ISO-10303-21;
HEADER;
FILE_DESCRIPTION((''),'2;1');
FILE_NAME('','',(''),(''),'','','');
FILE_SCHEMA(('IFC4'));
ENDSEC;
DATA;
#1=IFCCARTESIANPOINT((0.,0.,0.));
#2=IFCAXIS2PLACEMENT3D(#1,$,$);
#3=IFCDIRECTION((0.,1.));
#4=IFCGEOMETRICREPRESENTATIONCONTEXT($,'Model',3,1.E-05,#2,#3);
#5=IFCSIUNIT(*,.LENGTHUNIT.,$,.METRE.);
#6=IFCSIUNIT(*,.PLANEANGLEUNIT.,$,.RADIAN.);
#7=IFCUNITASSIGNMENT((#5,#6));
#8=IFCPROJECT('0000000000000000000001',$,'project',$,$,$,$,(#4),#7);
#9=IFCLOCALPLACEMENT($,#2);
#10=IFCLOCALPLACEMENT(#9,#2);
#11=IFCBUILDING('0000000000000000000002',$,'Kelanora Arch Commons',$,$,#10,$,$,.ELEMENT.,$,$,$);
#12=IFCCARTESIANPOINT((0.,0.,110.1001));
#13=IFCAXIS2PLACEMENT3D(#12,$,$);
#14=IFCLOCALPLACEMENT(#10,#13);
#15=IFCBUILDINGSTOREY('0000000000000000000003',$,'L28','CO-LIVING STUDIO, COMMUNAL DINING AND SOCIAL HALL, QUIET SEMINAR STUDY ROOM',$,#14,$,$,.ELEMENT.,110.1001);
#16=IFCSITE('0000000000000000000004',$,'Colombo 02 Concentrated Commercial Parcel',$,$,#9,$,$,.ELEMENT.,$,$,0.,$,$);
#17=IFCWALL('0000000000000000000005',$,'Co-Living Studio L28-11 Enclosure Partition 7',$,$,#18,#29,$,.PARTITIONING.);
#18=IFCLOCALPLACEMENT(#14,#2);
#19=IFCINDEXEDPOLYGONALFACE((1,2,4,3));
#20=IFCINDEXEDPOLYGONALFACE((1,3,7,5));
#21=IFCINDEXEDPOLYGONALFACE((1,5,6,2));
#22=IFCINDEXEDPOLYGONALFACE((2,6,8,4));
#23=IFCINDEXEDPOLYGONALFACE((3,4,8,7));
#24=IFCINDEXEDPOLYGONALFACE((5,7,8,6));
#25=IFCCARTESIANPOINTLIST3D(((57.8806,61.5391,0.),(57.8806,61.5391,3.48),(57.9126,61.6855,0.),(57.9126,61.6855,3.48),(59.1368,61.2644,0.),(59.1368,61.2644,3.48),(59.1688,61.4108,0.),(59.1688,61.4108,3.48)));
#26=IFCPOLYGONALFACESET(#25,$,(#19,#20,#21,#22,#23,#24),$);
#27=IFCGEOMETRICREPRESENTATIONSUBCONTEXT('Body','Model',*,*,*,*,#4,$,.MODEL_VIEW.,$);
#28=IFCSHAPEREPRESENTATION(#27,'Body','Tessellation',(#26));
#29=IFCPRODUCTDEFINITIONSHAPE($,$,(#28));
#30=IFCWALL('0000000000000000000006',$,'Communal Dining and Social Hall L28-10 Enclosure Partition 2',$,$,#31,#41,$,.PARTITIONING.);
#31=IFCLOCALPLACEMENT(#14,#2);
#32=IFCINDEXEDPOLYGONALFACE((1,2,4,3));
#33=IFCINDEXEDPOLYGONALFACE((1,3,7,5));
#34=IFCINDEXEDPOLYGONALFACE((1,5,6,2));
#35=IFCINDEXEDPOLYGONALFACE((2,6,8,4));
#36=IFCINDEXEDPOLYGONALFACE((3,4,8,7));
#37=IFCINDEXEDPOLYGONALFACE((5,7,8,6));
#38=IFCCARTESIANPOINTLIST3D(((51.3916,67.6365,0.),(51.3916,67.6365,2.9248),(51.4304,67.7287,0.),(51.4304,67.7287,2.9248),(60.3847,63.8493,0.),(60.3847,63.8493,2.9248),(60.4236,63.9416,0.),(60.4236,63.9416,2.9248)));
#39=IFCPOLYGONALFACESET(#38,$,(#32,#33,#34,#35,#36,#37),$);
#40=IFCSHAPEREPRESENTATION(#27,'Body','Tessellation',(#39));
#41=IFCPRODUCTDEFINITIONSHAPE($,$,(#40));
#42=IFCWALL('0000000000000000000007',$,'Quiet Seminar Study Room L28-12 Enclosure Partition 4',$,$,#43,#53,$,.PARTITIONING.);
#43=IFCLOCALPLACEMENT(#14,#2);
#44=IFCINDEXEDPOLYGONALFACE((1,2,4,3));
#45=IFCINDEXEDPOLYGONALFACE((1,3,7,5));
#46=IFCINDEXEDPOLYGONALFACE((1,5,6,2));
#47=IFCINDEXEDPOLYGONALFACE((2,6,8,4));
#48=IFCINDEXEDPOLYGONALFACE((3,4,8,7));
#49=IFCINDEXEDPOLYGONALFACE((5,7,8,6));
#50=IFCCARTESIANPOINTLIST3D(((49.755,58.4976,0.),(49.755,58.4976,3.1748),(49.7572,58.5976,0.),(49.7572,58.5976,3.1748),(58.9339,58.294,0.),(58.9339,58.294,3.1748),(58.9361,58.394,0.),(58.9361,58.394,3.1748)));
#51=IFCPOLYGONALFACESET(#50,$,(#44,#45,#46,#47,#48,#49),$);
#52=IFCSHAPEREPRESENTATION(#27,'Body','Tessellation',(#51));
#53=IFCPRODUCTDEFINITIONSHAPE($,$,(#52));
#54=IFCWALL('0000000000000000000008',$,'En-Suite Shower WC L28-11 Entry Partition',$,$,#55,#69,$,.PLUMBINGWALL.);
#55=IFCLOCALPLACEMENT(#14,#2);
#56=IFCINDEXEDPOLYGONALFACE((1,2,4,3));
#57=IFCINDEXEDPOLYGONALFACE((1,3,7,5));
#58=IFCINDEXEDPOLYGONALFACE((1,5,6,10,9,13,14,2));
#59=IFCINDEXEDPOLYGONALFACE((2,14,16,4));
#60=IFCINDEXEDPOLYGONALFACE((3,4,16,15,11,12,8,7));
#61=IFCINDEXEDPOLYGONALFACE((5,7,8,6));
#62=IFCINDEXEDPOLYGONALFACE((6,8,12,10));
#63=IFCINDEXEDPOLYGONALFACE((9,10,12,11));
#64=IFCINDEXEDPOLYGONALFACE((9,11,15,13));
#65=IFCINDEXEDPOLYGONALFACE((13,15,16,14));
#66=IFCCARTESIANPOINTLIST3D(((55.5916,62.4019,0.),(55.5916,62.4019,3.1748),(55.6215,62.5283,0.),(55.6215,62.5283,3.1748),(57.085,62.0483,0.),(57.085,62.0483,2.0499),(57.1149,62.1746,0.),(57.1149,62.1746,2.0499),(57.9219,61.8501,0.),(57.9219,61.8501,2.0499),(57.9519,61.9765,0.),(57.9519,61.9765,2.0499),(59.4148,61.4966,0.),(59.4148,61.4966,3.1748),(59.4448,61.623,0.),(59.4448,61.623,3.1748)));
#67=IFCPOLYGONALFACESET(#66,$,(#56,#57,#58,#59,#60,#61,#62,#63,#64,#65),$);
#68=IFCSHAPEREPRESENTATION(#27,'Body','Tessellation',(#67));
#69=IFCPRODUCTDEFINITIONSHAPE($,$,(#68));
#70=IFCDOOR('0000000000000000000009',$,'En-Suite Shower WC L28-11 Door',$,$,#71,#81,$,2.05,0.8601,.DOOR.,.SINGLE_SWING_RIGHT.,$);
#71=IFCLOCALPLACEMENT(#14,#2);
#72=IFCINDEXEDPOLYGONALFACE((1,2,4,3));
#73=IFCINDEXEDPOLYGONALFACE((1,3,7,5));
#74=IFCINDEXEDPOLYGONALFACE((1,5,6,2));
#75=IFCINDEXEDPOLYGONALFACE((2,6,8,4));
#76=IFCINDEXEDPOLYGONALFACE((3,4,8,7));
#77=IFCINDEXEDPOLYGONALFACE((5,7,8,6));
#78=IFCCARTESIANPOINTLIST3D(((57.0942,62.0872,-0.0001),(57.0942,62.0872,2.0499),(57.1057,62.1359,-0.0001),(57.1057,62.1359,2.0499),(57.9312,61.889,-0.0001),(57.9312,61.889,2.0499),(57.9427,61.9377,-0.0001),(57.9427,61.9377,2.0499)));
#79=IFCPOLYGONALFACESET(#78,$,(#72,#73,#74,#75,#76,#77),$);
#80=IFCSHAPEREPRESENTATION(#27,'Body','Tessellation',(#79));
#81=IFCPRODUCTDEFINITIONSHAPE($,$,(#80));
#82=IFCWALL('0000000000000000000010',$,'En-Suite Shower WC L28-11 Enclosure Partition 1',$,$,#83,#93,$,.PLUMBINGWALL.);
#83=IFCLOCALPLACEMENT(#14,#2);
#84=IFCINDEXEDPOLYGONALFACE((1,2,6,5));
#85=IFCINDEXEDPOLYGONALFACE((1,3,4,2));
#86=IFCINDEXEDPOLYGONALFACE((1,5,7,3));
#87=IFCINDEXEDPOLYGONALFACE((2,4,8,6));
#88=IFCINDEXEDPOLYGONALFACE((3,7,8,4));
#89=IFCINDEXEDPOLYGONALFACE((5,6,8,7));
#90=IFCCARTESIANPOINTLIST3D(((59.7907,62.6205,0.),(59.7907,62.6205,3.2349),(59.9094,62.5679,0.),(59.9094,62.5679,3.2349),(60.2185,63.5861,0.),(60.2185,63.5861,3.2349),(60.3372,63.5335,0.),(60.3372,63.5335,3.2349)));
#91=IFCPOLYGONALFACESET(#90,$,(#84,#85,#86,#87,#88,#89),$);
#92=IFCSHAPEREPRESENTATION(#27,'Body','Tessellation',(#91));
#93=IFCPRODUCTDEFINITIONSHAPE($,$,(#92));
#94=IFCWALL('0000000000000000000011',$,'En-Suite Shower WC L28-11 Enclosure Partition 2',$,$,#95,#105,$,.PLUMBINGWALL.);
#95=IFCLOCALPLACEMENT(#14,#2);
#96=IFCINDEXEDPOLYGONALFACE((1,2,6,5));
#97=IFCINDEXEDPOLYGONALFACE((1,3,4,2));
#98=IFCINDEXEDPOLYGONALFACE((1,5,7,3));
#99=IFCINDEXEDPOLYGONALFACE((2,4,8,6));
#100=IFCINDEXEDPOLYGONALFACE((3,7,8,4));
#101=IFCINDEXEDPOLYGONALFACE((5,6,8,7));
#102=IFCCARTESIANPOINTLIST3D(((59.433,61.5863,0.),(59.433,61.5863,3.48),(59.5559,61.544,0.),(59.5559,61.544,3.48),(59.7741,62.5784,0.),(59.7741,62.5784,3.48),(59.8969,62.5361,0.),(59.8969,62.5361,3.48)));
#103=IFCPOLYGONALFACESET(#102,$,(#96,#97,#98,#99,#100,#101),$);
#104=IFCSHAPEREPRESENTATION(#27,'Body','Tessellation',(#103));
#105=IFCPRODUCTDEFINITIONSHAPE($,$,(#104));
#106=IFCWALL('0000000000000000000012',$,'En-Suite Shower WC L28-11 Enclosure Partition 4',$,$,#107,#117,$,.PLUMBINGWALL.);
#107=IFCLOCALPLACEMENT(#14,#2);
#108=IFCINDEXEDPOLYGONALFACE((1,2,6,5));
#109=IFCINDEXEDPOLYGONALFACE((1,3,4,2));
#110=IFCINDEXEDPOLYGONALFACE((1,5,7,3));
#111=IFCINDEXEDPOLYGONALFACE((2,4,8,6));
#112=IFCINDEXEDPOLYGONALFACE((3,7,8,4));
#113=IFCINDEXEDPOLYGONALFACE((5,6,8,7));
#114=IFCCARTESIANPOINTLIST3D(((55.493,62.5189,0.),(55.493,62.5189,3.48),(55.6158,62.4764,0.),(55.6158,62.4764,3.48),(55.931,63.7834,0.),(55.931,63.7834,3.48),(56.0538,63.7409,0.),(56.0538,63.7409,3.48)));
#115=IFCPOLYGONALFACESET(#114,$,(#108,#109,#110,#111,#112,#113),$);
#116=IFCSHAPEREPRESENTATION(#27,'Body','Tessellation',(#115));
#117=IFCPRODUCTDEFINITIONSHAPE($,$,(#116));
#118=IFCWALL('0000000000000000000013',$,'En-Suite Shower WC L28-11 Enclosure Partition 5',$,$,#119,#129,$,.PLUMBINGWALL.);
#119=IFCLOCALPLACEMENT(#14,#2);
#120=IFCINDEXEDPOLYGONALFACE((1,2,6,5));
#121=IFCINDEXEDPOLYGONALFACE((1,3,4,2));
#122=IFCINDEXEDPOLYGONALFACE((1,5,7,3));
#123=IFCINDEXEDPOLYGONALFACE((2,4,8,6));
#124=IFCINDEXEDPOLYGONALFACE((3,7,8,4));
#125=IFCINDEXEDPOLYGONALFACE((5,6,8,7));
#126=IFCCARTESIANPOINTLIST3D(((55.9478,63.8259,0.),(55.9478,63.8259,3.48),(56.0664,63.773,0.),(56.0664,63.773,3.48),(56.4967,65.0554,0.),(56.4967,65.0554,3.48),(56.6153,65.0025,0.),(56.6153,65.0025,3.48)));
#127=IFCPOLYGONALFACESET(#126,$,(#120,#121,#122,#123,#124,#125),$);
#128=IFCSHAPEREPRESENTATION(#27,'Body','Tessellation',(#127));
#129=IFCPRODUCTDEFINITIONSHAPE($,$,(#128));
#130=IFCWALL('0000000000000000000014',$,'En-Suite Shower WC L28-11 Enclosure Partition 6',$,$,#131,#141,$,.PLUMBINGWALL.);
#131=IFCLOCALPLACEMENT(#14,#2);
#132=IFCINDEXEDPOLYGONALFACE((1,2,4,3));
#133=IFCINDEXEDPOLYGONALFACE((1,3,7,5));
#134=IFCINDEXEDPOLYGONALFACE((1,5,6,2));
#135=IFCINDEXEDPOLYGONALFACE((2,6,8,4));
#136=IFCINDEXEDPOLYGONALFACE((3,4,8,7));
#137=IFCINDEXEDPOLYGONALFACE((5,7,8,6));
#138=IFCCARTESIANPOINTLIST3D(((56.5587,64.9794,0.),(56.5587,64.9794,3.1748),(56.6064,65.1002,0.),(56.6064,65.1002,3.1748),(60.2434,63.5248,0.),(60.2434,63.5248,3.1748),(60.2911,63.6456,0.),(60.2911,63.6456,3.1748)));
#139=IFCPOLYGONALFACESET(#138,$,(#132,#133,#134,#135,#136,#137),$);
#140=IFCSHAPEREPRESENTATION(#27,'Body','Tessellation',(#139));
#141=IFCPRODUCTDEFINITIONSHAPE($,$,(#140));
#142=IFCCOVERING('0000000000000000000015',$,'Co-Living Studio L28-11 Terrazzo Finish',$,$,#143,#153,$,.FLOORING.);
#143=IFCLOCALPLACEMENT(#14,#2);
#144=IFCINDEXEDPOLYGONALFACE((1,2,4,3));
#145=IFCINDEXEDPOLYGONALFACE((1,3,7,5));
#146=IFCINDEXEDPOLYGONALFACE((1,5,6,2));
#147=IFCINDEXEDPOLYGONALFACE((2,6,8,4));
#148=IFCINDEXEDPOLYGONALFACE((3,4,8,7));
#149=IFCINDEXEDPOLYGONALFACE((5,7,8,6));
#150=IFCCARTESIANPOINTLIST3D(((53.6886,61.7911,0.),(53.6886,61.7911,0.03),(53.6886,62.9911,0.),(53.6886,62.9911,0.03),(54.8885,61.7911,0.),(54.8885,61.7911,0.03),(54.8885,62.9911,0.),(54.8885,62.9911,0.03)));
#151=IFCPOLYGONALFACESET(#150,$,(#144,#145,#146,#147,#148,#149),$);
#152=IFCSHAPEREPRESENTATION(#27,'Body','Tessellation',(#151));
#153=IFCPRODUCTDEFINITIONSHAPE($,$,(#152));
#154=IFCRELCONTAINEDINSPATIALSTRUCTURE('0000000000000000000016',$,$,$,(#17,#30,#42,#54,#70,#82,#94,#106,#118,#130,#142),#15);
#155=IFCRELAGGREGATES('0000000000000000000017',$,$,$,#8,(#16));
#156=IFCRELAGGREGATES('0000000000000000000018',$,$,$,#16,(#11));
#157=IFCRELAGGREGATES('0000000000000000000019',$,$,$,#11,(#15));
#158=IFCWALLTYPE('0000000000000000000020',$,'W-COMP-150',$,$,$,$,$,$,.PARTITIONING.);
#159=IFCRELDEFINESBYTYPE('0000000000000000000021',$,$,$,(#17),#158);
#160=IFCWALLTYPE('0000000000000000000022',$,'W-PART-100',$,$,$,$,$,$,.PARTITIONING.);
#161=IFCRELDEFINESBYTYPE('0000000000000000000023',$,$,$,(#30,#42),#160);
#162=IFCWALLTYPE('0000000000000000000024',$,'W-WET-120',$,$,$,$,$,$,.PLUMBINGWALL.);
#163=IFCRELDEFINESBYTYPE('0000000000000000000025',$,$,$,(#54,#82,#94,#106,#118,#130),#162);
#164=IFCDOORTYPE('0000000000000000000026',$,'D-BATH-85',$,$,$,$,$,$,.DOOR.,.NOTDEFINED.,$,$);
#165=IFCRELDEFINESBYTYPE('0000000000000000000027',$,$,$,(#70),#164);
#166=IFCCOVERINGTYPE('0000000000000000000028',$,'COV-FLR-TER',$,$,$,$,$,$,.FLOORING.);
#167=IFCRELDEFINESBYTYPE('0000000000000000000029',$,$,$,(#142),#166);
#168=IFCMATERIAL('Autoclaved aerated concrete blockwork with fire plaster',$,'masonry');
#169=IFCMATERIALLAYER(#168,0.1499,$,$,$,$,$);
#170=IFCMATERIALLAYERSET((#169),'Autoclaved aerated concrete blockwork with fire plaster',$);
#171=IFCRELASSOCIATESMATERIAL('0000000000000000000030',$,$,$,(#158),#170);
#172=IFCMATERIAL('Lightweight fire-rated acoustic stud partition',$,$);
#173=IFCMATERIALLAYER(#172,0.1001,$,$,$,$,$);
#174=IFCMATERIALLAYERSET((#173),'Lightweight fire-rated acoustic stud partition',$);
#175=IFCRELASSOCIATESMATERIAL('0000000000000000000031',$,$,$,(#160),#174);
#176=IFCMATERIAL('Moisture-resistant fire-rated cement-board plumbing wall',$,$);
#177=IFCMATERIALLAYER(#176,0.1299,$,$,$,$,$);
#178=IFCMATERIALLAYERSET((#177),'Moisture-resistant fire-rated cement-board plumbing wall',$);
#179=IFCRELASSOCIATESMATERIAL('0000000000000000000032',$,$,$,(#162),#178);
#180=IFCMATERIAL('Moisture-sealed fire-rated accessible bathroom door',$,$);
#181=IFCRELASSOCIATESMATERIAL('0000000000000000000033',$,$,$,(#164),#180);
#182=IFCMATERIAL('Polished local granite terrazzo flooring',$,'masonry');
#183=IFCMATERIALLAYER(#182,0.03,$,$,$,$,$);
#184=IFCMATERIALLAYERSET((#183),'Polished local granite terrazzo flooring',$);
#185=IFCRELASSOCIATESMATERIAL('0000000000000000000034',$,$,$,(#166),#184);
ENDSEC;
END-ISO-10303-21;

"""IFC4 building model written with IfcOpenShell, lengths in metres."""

from ifc_helpers import new_model, si_unit, direction, frame, frame_2d, origin, origin_2d, place, context, subcontext, project, spatial, rectangle, extrude, source, transform, mapped, material, layer, layer_set, type_object, element, fill, save


model = new_model("IFC4")

# Units and contexts
model_context = context("Model", 3, precision=1e-05, world=origin(), true_north=direction((0.0, 1.0)))
body_context = subcontext(model_context, "Body", "Model", "MODEL_VIEW")
ifc_project = project(units=[si_unit("LENGTHUNIT", "METRE"), si_unit("PLANEANGLEUNIT", "RADIAN")], contexts=[model_context])

# Site, building, storey
site_placement = place(None, origin())
site = spatial("IfcSite", under=ifc_project, at=site_placement, Name="Colombo 02 Concentrated Commercial Parcel", CompositionType="ELEMENT", RefElevation=0.0)
building_placement = place(site_placement, origin())
building = spatial("IfcBuilding", under=site, at=building_placement, Name="Kelanora Arch Commons", CompositionType="ELEMENT")
storey_placement = place(building_placement, frame((0.0, 0.0, 110.1001)))
storey = spatial("IfcBuildingStorey", under=building, at=storey_placement, Name="L28", Description="CO-LIVING STUDIO, COMMUNAL DINING AND SOCIAL HALL, QUIET SEMINAR STUDY ROOM", CompositionType="ELEMENT", Elevation=110.1001)

# Shared definitions
ifc_material_1 = material(Name="Autoclaved aerated concrete blockwork with fire plaster", Category="masonry")
ifc_layer_1 = layer(ifc_material_1, 0.1499)
ifc_layer_set_1 = layer_set([ifc_layer_1], Name="Autoclaved aerated concrete blockwork with fire plaster")
wall_type_1 = type_object("IfcWallType", Name="W-COMP-150", PredefinedType="PARTITIONING", material=ifc_layer_set_1)

# Walls
wall_1_placement = place(storey_placement, frame((57.8965, 61.6123, 0.0), z_axis=(0.0, 0.0, 1.0), x_axis=(0.976919, -0.213612, 0.0)))
element("IfcWall", 1, at=wall_1_placement, inside=storey, type_object=wall_type_1, Name="Co-Living Studio L28-11 Enclosure Partition 7", PredefinedType="PARTITIONING", context=body_context, shape_type="SweptSolid", body=[
    extrude(rectangle(XDim=1.2859, YDim=0.1499, at=frame_2d((0.6431, 0.0))), origin(), (0.0, 0.0, 1.0), 3.48),
])
ifc_material_2 = material(Name="Lightweight fire-rated acoustic stud partition")
ifc_layer_2 = layer(ifc_material_2, 0.1001)
ifc_layer_set_2 = layer_set([ifc_layer_2], Name="Lightweight fire-rated acoustic stud partition")
wall_type_2 = type_object("IfcWallType", Name="W-PART-100", PredefinedType="PARTITIONING", material=ifc_layer_set_2)
wall_2_placement = place(storey_placement, frame((60.4041, 63.8955, 0.0), z_axis=(0.0, 0.0, 1.0), x_axis=(-0.921617, 0.388102, 0.0)))
element("IfcWall", 2, at=wall_2_placement, inside=storey, type_object=wall_type_2, Name="Communal Dining and Social Hall L28-10 Enclosure Partition 2", PredefinedType="PARTITIONING", context=body_context, shape_type="SweptSolid", body=[
    extrude(rectangle(XDim=9.7581, YDim=0.1001, at=frame_2d((4.8789, 0.0))), origin(), (0.0, 0.0, 1.0), 2.9248),
])
wall_3_placement = place(storey_placement, frame((49.7561, 58.5476, 0.0), z_axis=(0.0, 0.0, 1.0), x_axis=(0.999754, -0.022177, 0.0)))
element("IfcWall", 3, at=wall_3_placement, inside=storey, type_object=wall_type_2, Name="Quiet Seminar Study Room L28-12 Enclosure Partition 4", PredefinedType="PARTITIONING", context=body_context, shape_type="SweptSolid", body=[
    extrude(rectangle(XDim=9.1812, YDim=0.1001, at=frame_2d((4.5906, 0.0))), origin(), (0.0, 0.0, 1.0), 3.1748),
])

# Wall, opening, door
ifc_material_3 = material(Name="Moisture-resistant fire-rated cement-board plumbing wall")
ifc_layer_3 = layer(ifc_material_3, 0.1299)
ifc_layer_set_3 = layer_set([ifc_layer_3], Name="Moisture-resistant fire-rated cement-board plumbing wall")
wall_type_3 = type_object("IfcWallType", Name="W-WET-120", PredefinedType="PLUMBINGWALL", material=ifc_layer_set_3)
wall_4_placement = place(storey_placement, frame((59.4297, 61.5598, 0.0), z_axis=(0.0, 0.0, 1.0), x_axis=(-0.973093, 0.230411, 0.0)))
wall_4 = element("IfcWall", 4, at=wall_4_placement, inside=storey, type_object=wall_type_3, Name="En-Suite Shower WC L28-11 Entry Partition", PredefinedType="PLUMBINGWALL", context=body_context, shape_type="SweptSolid", body=[
    extrude(rectangle(XDim=3.929, YDim=0.1299, at=frame_2d((1.9644, 0.0))), origin(), (0.0, 0.0, 1.0), 3.1748),
])
opening_1_placement = place(wall_4_placement, frame((1.5339, 0.0, 0.0)))
opening_1 = element("IfcOpeningElement", 5, at=opening_1_placement, cuts=wall_4, PredefinedType="OPENING", context=body_context, shape_type="SweptSolid", body=[
    extrude(rectangle(XDim=0.8601, YDim=2.05, at=frame_2d((0.4302, 1.0249))), frame((0.0, 0.075, 0.0), z_axis=(0.0, -1.0, 0.0), x_axis=(1.0, 0.0, 0.0)), (0.0, 0.0, 1.0), 0.1499),
])
ifc_material_4 = material(Name="Moisture-sealed fire-rated accessible bathroom door")
door_type_1 = type_object("IfcDoorType", Name="D-BATH-85", OperationType="NOTDEFINED", PredefinedType="DOOR", material=ifc_material_4)
door_1_placement = place(opening_1_placement, origin())
door_1 = element("IfcDoor", 6, at=door_1_placement, inside=storey, type_object=door_type_1, Name="En-Suite Shower WC L28-11 Door", OperationType="SINGLE_SWING_RIGHT", OverallHeight=2.05, OverallWidth=0.8601, PredefinedType="DOOR", context=body_context, shape_type="SweptSolid", body=[
    extrude(rectangle(XDim=0.8601, YDim=2.05, at=frame_2d((0.4302, 1.0249))), frame((0.0, 0.0249, 0.0), z_axis=(0.0, -1.0, 0.0), x_axis=(1.0, 0.0, 0.0)), (0.0, 0.0, 1.0), 0.05),
])
fill(opening_1, door_1)

# Walls
wall_5_placement = place(storey_placement, frame((60.2778, 63.5598, 0.0), z_axis=(0.0, 0.0, 1.0), x_axis=(-0.405023, -0.914307, 0.0)))
element("IfcWall", 7, at=wall_5_placement, inside=storey, type_object=wall_type_3, Name="En-Suite Shower WC L28-11 Enclosure Partition 1", PredefinedType="PLUMBINGWALL", context=body_context, shape_type="SweptSolid", body=[
    extrude(rectangle(XDim=1.0562, YDim=0.1299, at=frame_2d((0.5281, 0.0))), origin(), (0.0, 0.0, 1.0), 3.2349),
])
wall_6_placement = place(storey_placement, frame((59.8354, 62.5571, 0.0), z_axis=(0.0, 0.0, 1.0), x_axis=(-0.32508, -0.945687, 0.0)))
element("IfcWall", 8, at=wall_6_placement, inside=storey, type_object=wall_type_3, Name="En-Suite Shower WC L28-11 Enclosure Partition 2", PredefinedType="PLUMBINGWALL", context=body_context, shape_type="SweptSolid", body=[
    extrude(rectangle(XDim=1.0491, YDim=0.1299, at=frame_2d((0.5244, 0.0))), origin(), (0.0, 0.0, 1.0), 3.48),
])
wall_7_placement = place(storey_placement, frame((55.5544, 62.4978, 0.0), z_axis=(0.0, 0.0, 1.0), x_axis=(0.327317, 0.944914, 0.0)))
element("IfcWall", 9, at=wall_7_placement, inside=storey, type_object=wall_type_3, Name="En-Suite Shower WC L28-11 Enclosure Partition 4", PredefinedType="PLUMBINGWALL", context=body_context, shape_type="SweptSolid", body=[
    extrude(rectangle(XDim=1.3381, YDim=0.1299, at=frame_2d((0.6689, 0.0))), origin(), (0.0, 0.0, 1.0), 3.48),
])
wall_8_placement = place(storey_placement, frame((56.0071, 63.7993, 0.0), z_axis=(0.0, 0.0, 1.0), x_axis=(0.407618, 0.913152, 0.0)))
element("IfcWall", 10, at=wall_8_placement, inside=storey, type_object=wall_type_3, Name="En-Suite Shower WC L28-11 Enclosure Partition 5", PredefinedType="PLUMBINGWALL", context=body_context, shape_type="SweptSolid", body=[
    extrude(rectangle(XDim=1.3464, YDim=0.1299, at=frame_2d((0.6733, 0.0))), origin(), (0.0, 0.0, 1.0), 3.48),
])
wall_9_placement = place(storey_placement, frame((56.5825, 65.0398, 0.0), z_axis=(0.0, 0.0, 1.0), x_axis=(0.93015, -0.367179, 0.0)))
element("IfcWall", 11, at=wall_9_placement, inside=storey, type_object=wall_type_3, Name="En-Suite Shower WC L28-11 Enclosure Partition 6", PredefinedType="PLUMBINGWALL", context=body_context, shape_type="SweptSolid", body=[
    extrude(rectangle(XDim=3.9614, YDim=0.1299, at=frame_2d((1.9807, 0.0))), origin(), (0.0, 0.0, 1.0), 3.1748),
])

# Covering
ifc_material_5 = material(Name="Polished local granite terrazzo flooring", Category="masonry")
ifc_layer_4 = layer(ifc_material_5, 0.03)
ifc_layer_set_4 = layer_set([ifc_layer_4], Name="Polished local granite terrazzo flooring")
covering_type = type_object("IfcCoveringType", Name="COV-FLR-TER", PredefinedType="FLOORING", material=ifc_layer_set_4)
shared_shape_1 = source(origin(), body_context, "Body", "SweptSolid", [
    extrude(rectangle(XDim=1.2, YDim=1.2, at=origin_2d()), origin(), (0.0, 0.0, 1.0), 0.03),
])
covering_placement = place(storey_placement, frame((54.2886, 62.3911, 0.0), z_axis=(0.0, 0.0, 1.0), x_axis=(1.0, 0.0, 0.0)))
element("IfcCovering", 12, at=covering_placement, inside=storey, type_object=covering_type, Name="Co-Living Studio L28-11 Terrazzo Finish", PredefinedType="FLOORING", context=body_context, shape_type="MappedRepresentation", body=[
    mapped(shared_shape_1, transform((0.0, 0.0, 0.0), scale=1.0)),
])

save(model, "model.ifc")
